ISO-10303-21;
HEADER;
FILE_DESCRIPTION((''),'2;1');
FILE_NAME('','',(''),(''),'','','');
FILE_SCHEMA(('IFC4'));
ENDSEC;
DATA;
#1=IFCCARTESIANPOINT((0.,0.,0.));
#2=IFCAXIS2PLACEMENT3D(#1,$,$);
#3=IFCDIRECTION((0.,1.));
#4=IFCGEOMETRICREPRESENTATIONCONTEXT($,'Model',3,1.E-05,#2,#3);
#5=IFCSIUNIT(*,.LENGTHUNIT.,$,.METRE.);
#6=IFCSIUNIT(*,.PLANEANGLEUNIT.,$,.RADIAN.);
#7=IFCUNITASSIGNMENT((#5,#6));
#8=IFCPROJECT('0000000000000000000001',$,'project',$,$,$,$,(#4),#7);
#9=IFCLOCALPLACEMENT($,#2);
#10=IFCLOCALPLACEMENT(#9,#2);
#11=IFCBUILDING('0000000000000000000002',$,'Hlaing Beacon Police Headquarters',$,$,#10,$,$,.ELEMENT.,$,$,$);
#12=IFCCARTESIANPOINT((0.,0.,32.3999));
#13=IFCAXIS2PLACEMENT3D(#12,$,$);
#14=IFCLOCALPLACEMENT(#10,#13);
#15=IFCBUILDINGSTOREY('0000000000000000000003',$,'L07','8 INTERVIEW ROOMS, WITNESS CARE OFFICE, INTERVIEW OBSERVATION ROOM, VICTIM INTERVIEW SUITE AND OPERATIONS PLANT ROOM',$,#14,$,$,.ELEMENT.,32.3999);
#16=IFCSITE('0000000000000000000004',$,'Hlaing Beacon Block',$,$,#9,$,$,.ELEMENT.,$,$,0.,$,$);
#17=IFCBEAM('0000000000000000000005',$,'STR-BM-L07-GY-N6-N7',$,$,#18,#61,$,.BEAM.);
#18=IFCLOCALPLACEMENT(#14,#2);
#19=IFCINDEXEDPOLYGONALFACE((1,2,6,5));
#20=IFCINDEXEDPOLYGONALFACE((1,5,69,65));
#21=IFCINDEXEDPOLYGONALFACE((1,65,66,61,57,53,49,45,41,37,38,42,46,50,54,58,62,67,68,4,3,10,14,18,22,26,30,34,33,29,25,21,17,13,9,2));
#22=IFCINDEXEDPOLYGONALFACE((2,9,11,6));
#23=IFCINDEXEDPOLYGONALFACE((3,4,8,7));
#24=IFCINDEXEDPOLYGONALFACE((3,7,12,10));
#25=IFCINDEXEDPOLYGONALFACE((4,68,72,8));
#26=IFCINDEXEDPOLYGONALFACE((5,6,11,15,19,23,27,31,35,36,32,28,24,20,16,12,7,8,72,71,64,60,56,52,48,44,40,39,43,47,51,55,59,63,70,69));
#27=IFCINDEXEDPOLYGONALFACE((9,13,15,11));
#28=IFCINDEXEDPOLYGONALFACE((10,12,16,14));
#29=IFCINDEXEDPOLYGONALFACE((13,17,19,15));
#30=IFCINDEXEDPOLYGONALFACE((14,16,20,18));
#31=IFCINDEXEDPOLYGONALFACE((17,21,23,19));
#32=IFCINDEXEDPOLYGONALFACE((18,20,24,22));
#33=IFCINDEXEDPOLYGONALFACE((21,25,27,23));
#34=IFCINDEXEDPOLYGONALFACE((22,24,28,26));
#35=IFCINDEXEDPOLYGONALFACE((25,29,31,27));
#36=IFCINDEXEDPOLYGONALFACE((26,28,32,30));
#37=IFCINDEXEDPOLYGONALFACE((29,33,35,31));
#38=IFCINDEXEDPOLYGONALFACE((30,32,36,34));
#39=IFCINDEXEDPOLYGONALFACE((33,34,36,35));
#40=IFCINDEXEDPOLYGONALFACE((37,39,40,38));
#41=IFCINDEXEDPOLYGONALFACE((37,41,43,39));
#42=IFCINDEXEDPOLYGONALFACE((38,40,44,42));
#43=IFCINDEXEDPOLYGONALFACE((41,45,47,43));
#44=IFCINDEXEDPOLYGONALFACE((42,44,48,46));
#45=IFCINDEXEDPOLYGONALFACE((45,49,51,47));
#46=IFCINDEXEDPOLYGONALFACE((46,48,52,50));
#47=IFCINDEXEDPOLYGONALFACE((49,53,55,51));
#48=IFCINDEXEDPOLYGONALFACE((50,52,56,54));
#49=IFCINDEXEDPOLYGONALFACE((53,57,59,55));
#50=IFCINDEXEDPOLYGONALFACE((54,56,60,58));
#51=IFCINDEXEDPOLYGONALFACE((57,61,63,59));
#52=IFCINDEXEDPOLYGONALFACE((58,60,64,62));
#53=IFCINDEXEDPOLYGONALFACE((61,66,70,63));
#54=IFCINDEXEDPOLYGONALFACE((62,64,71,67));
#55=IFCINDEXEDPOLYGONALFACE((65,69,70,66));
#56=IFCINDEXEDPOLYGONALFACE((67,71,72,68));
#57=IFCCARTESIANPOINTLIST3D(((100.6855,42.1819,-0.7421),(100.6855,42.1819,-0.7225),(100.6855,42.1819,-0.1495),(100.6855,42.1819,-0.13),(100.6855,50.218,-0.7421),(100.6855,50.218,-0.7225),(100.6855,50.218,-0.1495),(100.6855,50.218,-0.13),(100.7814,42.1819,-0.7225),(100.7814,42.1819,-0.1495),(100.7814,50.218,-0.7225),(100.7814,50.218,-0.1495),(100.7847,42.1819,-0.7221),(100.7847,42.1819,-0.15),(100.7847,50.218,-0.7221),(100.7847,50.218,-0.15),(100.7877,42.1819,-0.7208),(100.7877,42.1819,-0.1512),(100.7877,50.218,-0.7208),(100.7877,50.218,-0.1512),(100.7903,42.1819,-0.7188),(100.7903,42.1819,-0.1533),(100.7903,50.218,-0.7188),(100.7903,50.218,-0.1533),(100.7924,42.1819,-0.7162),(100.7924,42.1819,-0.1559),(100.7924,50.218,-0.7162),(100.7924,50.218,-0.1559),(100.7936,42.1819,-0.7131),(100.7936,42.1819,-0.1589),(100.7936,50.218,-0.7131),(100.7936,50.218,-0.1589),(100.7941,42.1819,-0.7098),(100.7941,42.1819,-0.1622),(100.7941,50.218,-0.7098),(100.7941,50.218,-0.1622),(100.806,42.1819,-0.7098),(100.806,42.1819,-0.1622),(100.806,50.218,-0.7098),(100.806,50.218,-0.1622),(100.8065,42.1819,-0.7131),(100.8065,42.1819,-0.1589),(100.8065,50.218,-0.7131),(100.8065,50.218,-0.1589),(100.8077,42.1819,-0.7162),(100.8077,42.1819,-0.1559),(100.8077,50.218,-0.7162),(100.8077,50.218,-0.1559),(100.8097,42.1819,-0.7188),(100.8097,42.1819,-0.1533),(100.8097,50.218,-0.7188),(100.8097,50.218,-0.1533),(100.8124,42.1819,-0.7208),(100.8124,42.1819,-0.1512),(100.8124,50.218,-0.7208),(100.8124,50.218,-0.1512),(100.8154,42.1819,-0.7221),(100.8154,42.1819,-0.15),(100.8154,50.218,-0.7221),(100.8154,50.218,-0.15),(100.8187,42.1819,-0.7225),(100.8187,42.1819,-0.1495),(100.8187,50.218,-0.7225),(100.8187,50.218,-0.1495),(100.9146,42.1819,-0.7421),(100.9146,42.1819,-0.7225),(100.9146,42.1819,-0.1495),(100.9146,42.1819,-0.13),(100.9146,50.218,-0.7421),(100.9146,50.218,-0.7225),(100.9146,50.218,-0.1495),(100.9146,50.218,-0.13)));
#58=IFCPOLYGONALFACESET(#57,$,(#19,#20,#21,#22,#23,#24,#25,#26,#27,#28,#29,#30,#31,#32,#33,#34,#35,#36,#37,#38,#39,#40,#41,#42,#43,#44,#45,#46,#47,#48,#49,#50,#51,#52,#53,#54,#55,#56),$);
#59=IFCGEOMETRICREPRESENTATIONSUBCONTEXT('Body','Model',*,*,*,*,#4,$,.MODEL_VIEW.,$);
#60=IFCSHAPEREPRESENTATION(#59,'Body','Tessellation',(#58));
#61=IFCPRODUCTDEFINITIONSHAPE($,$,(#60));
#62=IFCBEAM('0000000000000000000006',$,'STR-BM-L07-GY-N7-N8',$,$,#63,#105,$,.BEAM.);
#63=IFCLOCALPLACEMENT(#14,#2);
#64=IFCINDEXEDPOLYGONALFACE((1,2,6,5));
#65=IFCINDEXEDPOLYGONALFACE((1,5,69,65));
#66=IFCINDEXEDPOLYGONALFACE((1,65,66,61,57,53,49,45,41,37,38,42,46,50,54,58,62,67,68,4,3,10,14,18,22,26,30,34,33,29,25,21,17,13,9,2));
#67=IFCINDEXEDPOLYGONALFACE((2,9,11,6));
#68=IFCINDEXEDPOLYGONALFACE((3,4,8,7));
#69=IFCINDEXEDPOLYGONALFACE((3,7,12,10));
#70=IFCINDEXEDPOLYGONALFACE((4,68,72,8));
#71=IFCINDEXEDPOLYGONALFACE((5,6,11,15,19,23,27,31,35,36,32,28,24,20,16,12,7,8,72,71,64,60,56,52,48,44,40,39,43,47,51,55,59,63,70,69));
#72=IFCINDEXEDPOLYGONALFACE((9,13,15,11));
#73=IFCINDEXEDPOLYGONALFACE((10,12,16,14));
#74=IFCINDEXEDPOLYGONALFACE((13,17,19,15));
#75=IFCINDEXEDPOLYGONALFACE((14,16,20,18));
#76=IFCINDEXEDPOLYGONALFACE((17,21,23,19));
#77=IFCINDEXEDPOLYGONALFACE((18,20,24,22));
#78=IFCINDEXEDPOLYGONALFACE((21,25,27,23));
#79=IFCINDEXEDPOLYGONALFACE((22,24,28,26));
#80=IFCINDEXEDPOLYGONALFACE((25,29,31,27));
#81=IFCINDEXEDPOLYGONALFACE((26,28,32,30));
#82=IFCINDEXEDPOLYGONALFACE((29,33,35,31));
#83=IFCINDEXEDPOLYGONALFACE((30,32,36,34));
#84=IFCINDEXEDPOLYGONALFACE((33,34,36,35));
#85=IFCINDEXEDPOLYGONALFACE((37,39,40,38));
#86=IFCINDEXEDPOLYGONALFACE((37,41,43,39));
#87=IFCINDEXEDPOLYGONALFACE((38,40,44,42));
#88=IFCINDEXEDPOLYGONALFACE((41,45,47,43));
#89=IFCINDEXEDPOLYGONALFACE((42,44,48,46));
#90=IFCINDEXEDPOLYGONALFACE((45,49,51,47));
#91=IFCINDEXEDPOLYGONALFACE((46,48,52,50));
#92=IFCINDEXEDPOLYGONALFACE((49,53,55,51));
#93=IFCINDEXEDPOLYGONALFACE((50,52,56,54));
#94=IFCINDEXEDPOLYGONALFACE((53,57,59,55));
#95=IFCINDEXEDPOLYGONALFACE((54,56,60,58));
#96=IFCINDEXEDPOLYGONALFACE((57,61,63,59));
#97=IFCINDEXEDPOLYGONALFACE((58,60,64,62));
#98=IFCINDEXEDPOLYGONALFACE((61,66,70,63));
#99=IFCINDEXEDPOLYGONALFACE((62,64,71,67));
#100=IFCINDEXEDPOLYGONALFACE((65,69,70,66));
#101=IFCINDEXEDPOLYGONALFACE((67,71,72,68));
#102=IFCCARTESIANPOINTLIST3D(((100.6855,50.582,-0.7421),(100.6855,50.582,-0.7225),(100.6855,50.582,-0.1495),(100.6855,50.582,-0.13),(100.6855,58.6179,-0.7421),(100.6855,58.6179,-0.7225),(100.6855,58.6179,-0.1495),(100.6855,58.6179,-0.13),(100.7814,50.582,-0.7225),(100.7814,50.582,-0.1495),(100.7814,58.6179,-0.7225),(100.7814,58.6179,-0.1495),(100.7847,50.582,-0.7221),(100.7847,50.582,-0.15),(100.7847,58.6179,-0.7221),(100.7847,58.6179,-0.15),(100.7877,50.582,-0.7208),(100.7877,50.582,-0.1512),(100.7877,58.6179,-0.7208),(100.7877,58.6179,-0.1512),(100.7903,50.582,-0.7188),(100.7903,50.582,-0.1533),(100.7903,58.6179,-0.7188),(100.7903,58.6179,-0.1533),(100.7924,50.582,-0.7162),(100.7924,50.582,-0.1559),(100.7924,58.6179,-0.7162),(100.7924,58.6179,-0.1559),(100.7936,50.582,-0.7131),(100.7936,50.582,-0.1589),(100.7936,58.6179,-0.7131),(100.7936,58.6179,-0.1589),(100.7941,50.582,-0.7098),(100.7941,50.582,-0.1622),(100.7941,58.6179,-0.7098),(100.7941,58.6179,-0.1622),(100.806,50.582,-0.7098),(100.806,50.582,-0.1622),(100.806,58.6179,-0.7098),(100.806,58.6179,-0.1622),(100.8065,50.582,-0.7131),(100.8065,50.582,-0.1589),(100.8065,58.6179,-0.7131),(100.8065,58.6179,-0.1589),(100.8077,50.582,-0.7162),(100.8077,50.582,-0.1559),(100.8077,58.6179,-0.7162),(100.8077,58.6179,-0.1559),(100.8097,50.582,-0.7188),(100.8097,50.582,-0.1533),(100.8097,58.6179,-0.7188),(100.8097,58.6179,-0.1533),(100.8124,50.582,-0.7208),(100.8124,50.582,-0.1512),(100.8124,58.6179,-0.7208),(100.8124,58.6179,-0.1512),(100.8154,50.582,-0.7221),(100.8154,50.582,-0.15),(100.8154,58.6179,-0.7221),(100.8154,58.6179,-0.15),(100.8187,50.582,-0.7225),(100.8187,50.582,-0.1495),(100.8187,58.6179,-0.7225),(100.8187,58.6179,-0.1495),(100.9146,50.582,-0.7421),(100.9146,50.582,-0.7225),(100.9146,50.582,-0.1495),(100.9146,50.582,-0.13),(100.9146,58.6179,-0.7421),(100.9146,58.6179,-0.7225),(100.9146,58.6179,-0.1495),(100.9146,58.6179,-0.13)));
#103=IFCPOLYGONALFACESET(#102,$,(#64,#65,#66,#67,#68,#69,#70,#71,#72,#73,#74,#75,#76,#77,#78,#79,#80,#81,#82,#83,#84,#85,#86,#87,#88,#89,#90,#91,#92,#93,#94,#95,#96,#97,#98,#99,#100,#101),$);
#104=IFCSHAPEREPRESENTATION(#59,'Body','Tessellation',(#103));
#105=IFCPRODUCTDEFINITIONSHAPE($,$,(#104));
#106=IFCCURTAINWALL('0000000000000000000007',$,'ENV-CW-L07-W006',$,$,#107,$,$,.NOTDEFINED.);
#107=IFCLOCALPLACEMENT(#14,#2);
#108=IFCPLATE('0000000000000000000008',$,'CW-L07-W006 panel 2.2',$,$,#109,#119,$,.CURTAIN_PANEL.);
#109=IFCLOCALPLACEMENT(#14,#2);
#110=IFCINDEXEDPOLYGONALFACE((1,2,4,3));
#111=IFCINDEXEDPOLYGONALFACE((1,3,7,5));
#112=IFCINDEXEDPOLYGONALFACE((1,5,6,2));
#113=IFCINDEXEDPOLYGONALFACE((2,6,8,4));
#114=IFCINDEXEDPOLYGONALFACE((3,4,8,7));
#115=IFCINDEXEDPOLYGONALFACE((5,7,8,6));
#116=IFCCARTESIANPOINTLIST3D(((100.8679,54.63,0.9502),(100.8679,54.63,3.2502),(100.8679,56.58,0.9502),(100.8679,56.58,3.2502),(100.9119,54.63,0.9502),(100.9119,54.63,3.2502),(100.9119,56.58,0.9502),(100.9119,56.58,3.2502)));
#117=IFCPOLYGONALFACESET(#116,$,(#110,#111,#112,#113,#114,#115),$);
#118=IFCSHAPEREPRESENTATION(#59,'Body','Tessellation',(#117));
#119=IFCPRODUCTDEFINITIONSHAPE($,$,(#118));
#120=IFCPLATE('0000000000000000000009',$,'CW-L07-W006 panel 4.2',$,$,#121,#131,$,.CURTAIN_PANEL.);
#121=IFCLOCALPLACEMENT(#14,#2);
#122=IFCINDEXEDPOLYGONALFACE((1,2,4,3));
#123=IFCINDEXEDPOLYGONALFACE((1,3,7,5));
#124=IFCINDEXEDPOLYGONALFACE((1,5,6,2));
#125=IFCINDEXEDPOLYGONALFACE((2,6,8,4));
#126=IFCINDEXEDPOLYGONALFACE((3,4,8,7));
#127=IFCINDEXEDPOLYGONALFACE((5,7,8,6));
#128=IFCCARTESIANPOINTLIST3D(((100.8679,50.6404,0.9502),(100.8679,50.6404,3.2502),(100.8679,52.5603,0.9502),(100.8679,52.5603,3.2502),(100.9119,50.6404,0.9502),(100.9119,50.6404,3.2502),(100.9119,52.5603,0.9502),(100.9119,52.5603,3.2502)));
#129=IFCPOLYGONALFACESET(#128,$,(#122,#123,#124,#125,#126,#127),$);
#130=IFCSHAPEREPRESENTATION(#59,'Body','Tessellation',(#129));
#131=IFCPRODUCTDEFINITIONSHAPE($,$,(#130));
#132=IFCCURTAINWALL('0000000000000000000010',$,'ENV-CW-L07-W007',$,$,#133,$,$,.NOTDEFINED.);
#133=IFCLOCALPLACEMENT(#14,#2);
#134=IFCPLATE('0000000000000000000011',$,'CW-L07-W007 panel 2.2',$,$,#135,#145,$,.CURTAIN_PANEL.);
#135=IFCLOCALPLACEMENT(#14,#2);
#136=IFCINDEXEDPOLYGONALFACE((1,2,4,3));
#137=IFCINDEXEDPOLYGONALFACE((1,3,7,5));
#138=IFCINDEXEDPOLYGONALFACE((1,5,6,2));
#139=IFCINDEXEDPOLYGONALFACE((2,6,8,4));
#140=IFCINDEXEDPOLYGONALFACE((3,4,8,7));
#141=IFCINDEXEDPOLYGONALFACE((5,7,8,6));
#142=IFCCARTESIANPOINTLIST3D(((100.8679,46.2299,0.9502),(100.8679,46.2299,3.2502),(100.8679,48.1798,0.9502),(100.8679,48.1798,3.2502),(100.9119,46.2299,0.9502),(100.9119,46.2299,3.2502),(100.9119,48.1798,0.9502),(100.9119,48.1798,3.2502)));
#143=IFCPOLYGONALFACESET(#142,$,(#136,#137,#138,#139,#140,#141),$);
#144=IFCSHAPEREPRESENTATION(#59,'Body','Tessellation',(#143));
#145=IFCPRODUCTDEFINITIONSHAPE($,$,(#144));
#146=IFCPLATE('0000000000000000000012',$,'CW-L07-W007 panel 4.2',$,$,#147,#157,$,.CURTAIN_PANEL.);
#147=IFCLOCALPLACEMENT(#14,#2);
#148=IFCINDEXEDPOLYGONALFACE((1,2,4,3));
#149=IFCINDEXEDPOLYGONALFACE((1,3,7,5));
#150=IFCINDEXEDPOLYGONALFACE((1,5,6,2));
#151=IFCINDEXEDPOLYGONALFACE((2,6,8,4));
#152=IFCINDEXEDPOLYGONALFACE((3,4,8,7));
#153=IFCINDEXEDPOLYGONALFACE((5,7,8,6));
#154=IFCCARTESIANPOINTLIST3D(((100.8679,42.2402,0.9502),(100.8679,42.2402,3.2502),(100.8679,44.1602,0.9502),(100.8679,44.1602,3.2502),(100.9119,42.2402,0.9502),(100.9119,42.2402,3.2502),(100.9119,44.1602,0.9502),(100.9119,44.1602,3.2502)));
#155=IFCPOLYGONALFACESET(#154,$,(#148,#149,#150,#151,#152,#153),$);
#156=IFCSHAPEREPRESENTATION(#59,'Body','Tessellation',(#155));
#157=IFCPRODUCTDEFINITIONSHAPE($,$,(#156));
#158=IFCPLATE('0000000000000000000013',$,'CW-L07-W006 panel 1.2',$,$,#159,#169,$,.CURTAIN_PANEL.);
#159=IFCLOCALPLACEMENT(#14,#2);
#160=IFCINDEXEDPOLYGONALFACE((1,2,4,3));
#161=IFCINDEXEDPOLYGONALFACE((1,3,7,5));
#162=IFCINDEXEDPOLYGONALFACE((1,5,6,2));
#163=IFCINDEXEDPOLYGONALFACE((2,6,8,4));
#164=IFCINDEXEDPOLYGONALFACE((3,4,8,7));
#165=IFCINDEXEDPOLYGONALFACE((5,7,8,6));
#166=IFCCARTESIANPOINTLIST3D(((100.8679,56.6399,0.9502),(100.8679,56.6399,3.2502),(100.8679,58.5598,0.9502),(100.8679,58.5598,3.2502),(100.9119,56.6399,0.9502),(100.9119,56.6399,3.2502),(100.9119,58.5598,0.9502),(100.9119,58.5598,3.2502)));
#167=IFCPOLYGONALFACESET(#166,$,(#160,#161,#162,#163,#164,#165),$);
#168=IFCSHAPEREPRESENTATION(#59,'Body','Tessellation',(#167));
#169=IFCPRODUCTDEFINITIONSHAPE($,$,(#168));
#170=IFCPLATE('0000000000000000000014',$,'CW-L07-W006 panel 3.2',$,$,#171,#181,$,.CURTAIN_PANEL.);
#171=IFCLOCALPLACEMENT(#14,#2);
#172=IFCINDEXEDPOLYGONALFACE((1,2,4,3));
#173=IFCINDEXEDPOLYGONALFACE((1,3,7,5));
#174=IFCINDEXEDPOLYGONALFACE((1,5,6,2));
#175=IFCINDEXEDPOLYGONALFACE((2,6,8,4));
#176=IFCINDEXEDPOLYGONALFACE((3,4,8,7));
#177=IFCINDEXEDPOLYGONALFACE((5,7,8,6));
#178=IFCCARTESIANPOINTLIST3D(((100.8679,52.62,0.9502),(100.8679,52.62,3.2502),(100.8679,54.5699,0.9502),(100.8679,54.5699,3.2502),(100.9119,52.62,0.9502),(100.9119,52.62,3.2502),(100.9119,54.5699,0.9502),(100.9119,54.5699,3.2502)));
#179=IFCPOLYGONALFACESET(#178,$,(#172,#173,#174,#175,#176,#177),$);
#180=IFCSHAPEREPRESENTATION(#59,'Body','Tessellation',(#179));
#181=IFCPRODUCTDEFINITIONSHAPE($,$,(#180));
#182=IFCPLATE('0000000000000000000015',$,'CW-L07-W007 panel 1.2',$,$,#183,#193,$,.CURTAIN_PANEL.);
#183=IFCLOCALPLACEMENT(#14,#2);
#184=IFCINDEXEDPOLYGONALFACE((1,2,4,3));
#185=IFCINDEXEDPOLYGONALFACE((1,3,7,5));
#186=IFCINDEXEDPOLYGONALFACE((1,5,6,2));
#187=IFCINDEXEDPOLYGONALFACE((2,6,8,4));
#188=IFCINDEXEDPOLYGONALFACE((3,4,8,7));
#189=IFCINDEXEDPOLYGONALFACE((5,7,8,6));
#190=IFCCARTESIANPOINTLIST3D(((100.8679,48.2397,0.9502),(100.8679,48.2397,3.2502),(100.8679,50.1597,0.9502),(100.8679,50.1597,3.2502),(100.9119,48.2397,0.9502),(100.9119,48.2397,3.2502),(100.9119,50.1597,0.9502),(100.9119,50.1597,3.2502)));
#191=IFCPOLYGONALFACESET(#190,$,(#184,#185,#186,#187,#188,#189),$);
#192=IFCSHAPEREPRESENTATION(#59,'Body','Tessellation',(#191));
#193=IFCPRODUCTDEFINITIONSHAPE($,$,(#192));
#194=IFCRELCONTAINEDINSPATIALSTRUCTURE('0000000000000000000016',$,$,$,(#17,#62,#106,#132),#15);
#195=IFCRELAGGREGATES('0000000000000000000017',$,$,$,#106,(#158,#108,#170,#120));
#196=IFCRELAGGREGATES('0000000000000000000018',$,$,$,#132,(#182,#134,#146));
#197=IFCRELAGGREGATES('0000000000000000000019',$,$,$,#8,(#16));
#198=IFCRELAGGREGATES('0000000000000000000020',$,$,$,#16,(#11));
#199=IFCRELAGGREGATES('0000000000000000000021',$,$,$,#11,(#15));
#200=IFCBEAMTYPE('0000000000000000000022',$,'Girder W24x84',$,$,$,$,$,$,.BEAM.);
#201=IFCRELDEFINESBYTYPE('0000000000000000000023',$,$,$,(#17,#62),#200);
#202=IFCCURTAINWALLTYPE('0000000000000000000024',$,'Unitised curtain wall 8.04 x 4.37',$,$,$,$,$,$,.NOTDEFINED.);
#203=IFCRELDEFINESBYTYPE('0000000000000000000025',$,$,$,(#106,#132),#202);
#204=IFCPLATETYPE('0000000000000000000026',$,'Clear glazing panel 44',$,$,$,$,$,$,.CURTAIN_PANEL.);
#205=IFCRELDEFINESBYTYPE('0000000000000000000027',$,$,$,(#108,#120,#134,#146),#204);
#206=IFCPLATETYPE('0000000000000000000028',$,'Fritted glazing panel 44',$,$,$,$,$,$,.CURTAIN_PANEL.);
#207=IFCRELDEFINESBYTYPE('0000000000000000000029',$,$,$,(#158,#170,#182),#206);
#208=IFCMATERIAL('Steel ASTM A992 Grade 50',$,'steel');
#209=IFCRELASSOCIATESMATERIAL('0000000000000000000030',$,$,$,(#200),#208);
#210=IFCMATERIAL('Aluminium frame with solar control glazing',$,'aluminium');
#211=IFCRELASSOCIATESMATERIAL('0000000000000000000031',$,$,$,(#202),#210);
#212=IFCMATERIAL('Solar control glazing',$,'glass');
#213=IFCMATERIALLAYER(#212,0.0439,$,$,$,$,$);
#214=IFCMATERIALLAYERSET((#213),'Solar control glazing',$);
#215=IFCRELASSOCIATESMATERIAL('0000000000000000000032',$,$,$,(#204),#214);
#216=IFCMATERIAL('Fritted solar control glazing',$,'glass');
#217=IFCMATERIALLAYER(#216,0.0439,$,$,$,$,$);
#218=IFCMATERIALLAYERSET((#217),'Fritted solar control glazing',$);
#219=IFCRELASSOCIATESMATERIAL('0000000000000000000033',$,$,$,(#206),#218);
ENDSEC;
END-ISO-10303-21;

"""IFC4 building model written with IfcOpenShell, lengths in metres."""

from ifc_helpers import new_model, si_unit, direction, frame, origin, origin_2d, place, context, subcontext, project, spatial, rectangle, i_section, extrude, material, layer, layer_set, material_profile, profile_set, type_object, element, aggregate, save


model = new_model("IFC4")

# Units and contexts
model_context = context("Model", 3, precision=1e-05, world=origin(), true_north=direction((0.0, 1.0)))
body_context = subcontext(model_context, "Body", "Model", "MODEL_VIEW")
ifc_project = project(units=[si_unit("LENGTHUNIT", "METRE"), si_unit("PLANEANGLEUNIT", "RADIAN")], contexts=[model_context])

# Site, building, storey
site_placement = place(None, origin())
site = spatial("IfcSite", under=ifc_project, at=site_placement, Name="Hlaing Beacon Block", CompositionType="ELEMENT", RefElevation=0.0)
building_placement = place(site_placement, origin())
building = spatial("IfcBuilding", under=site, at=building_placement, Name="Hlaing Beacon Police Headquarters", CompositionType="ELEMENT")
storey_placement = place(building_placement, frame((0.0, 0.0, 32.3999)))
storey = spatial("IfcBuildingStorey", under=building, at=storey_placement, Name="L07", Description="8 INTERVIEW ROOMS, WITNESS CARE OFFICE, INTERVIEW OBSERVATION ROOM, VICTIM INTERVIEW SUITE AND OPERATIONS PLANT ROOM", CompositionType="ELEMENT", Elevation=32.3999)

# Beams
ifc_material_1 = material(Name="Steel ASTM A992 Grade 50", Category="steel")
ifc_material_profile_1 = material_profile(ifc_material_1, i_section(OverallWidth=0.229, OverallDepth=0.6121, WebThickness=0.012, FlangeThickness=0.0195, FilletRadius=0.0127, at=origin_2d()), Name="W24x84")
ifc_profile_set_1 = profile_set([ifc_material_profile_1], Name="Steel ASTM A992 Grade 50")
beam_type_1 = type_object("IfcBeamType", Name="Girder W24x84", PredefinedType="BEAM", material=ifc_profile_set_1)
beam_1_placement = place(storey_placement, frame((100.8, 42.1819, -0.436), z_axis=(0.0, 1.0, 0.0), x_axis=(-1.0, 0.0, 0.0)))
element("IfcBeam", 1, at=beam_1_placement, inside=storey, type_object=beam_type_1, Name="STR-BM-L07-GY-N6-N7", PredefinedType="BEAM", context=body_context, shape_type="SweptSolid", body=[
    extrude(i_section(OverallWidth=0.229, OverallDepth=0.6121, WebThickness=0.012, FlangeThickness=0.0195, FilletRadius=0.0127, at=origin_2d()), origin(), (0.0, 0.0, 1.0), 8.0361),
])
beam_2_placement = place(storey_placement, frame((100.8, 50.582, -0.436), z_axis=(0.0, 1.0, 0.0), x_axis=(-1.0, 0.0, 0.0)))
element("IfcBeam", 2, at=beam_2_placement, inside=storey, type_object=beam_type_1, Name="STR-BM-L07-GY-N7-N8", PredefinedType="BEAM", context=body_context, shape_type="SweptSolid", body=[
    extrude(i_section(OverallWidth=0.229, OverallDepth=0.6121, WebThickness=0.012, FlangeThickness=0.0195, FilletRadius=0.0127, at=origin_2d()), origin(), (0.0, 0.0, 1.0), 8.0359),
])

# Curtain walls, plates
ifc_material_2 = material(Name="Aluminium frame with solar control glazing", Category="aluminium")
curtain_wall_type = type_object("IfcCurtainWallType", Name="Unitised curtain wall 8.04 x 4.37", PredefinedType="NOTDEFINED", material=ifc_material_2)
curtain_wall_1_placement = place(storey_placement, origin())
curtain_wall_1 = element("IfcCurtainWall", 3, at=curtain_wall_1_placement, inside=storey, type_object=curtain_wall_type, Name="ENV-CW-L07-W006", PredefinedType="NOTDEFINED")
ifc_material_3 = material(Name="Solar control glazing", Category="glass")
ifc_layer_1 = layer(ifc_material_3, 0.0439)
ifc_layer_set_1 = layer_set([ifc_layer_1], Name="Solar control glazing")
plate_type_1 = type_object("IfcPlateType", Name="Clear glazing panel 44", PredefinedType="CURTAIN_PANEL", material=ifc_layer_set_1)
plate_1_placement = place(storey_placement, frame((100.8899, 55.605, 0.9502), z_axis=(0.0, 0.0, 1.0), x_axis=(0.0, -1.0, 0.0)))
plate_1 = element("IfcPlate", 4, at=plate_1_placement, type_object=plate_type_1, Name="CW-L07-W006 panel 2.2", PredefinedType="CURTAIN_PANEL", context=body_context, shape_type="SweptSolid", body=[
    extrude(rectangle(XDim=1.95, YDim=0.0439, at=origin_2d()), origin(), (0.0, 0.0, 1.0), 2.3),
])
plate_2_placement = place(storey_placement, frame((100.8899, 51.6003, 0.9502), z_axis=(0.0, 0.0, 1.0), x_axis=(0.0, -1.0, 0.0)))
plate_2 = element("IfcPlate", 5, at=plate_2_placement, type_object=plate_type_1, Name="CW-L07-W006 panel 4.2", PredefinedType="CURTAIN_PANEL", context=body_context, shape_type="SweptSolid", body=[
    extrude(rectangle(XDim=1.9199, YDim=0.0439, at=origin_2d()), origin(), (0.0, 0.0, 1.0), 2.3),
])
curtain_wall_2_placement = place(storey_placement, origin())
curtain_wall_2 = element("IfcCurtainWall", 6, at=curtain_wall_2_placement, inside=storey, type_object=curtain_wall_type, Name="ENV-CW-L07-W007", PredefinedType="NOTDEFINED")
plate_3_placement = place(storey_placement, frame((100.8899, 47.2048, 0.9502), z_axis=(0.0, 0.0, 1.0), x_axis=(0.0, -1.0, 0.0)))
plate_3 = element("IfcPlate", 7, at=plate_3_placement, type_object=plate_type_1, Name="CW-L07-W007 panel 2.2", PredefinedType="CURTAIN_PANEL", context=body_context, shape_type="SweptSolid", body=[
    extrude(rectangle(XDim=1.95, YDim=0.0439, at=origin_2d()), origin(), (0.0, 0.0, 1.0), 2.3),
])
plate_4_placement = place(storey_placement, frame((100.8899, 43.2002, 0.9502), z_axis=(0.0, 0.0, 1.0), x_axis=(0.0, -1.0, 0.0)))
plate_4 = element("IfcPlate", 8, at=plate_4_placement, type_object=plate_type_1, Name="CW-L07-W007 panel 4.2", PredefinedType="CURTAIN_PANEL", context=body_context, shape_type="SweptSolid", body=[
    extrude(rectangle(XDim=1.9199, YDim=0.0439, at=origin_2d()), origin(), (0.0, 0.0, 1.0), 2.3),
])

# Plates
ifc_material_4 = material(Name="Fritted solar control glazing", Category="glass")
ifc_layer_2 = layer(ifc_material_4, 0.0439)
ifc_layer_set_2 = layer_set([ifc_layer_2], Name="Fritted solar control glazing")
plate_type_2 = type_object("IfcPlateType", Name="Fritted glazing panel 44", PredefinedType="CURTAIN_PANEL", material=ifc_layer_set_2)
plate_5_placement = place(storey_placement, frame((100.8899, 57.5999, 0.9502), z_axis=(0.0, 0.0, 1.0), x_axis=(0.0, -1.0, 0.0)))
plate_5 = element("IfcPlate", 9, at=plate_5_placement, type_object=plate_type_2, Name="CW-L07-W006 panel 1.2", PredefinedType="CURTAIN_PANEL", context=body_context, shape_type="SweptSolid", body=[
    extrude(rectangle(XDim=1.9199, YDim=0.0439, at=origin_2d()), origin(), (0.0, 0.0, 1.0), 2.3),
])
plate_6_placement = place(storey_placement, frame((100.8899, 53.595, 0.9502), z_axis=(0.0, 0.0, 1.0), x_axis=(0.0, -1.0, 0.0)))
plate_6 = element("IfcPlate", 10, at=plate_6_placement, type_object=plate_type_2, Name="CW-L07-W006 panel 3.2", PredefinedType="CURTAIN_PANEL", context=body_context, shape_type="SweptSolid", body=[
    extrude(rectangle(XDim=1.95, YDim=0.0439, at=origin_2d()), origin(), (0.0, 0.0, 1.0), 2.3),
])
plate_7_placement = place(storey_placement, frame((100.8899, 49.1997, 0.9502), z_axis=(0.0, 0.0, 1.0), x_axis=(0.0, -1.0, 0.0)))
plate_7 = element("IfcPlate", 11, at=plate_7_placement, type_object=plate_type_2, Name="CW-L07-W007 panel 1.2", PredefinedType="CURTAIN_PANEL", context=body_context, shape_type="SweptSolid", body=[
    extrude(rectangle(XDim=1.9199, YDim=0.0439, at=origin_2d()), origin(), (0.0, 0.0, 1.0), 2.3),
])
aggregate(curtain_wall_1, [plate_5, plate_1, plate_6, plate_2])
aggregate(curtain_wall_2, [plate_7, plate_3, plate_4])

save(model, "model.ifc")
